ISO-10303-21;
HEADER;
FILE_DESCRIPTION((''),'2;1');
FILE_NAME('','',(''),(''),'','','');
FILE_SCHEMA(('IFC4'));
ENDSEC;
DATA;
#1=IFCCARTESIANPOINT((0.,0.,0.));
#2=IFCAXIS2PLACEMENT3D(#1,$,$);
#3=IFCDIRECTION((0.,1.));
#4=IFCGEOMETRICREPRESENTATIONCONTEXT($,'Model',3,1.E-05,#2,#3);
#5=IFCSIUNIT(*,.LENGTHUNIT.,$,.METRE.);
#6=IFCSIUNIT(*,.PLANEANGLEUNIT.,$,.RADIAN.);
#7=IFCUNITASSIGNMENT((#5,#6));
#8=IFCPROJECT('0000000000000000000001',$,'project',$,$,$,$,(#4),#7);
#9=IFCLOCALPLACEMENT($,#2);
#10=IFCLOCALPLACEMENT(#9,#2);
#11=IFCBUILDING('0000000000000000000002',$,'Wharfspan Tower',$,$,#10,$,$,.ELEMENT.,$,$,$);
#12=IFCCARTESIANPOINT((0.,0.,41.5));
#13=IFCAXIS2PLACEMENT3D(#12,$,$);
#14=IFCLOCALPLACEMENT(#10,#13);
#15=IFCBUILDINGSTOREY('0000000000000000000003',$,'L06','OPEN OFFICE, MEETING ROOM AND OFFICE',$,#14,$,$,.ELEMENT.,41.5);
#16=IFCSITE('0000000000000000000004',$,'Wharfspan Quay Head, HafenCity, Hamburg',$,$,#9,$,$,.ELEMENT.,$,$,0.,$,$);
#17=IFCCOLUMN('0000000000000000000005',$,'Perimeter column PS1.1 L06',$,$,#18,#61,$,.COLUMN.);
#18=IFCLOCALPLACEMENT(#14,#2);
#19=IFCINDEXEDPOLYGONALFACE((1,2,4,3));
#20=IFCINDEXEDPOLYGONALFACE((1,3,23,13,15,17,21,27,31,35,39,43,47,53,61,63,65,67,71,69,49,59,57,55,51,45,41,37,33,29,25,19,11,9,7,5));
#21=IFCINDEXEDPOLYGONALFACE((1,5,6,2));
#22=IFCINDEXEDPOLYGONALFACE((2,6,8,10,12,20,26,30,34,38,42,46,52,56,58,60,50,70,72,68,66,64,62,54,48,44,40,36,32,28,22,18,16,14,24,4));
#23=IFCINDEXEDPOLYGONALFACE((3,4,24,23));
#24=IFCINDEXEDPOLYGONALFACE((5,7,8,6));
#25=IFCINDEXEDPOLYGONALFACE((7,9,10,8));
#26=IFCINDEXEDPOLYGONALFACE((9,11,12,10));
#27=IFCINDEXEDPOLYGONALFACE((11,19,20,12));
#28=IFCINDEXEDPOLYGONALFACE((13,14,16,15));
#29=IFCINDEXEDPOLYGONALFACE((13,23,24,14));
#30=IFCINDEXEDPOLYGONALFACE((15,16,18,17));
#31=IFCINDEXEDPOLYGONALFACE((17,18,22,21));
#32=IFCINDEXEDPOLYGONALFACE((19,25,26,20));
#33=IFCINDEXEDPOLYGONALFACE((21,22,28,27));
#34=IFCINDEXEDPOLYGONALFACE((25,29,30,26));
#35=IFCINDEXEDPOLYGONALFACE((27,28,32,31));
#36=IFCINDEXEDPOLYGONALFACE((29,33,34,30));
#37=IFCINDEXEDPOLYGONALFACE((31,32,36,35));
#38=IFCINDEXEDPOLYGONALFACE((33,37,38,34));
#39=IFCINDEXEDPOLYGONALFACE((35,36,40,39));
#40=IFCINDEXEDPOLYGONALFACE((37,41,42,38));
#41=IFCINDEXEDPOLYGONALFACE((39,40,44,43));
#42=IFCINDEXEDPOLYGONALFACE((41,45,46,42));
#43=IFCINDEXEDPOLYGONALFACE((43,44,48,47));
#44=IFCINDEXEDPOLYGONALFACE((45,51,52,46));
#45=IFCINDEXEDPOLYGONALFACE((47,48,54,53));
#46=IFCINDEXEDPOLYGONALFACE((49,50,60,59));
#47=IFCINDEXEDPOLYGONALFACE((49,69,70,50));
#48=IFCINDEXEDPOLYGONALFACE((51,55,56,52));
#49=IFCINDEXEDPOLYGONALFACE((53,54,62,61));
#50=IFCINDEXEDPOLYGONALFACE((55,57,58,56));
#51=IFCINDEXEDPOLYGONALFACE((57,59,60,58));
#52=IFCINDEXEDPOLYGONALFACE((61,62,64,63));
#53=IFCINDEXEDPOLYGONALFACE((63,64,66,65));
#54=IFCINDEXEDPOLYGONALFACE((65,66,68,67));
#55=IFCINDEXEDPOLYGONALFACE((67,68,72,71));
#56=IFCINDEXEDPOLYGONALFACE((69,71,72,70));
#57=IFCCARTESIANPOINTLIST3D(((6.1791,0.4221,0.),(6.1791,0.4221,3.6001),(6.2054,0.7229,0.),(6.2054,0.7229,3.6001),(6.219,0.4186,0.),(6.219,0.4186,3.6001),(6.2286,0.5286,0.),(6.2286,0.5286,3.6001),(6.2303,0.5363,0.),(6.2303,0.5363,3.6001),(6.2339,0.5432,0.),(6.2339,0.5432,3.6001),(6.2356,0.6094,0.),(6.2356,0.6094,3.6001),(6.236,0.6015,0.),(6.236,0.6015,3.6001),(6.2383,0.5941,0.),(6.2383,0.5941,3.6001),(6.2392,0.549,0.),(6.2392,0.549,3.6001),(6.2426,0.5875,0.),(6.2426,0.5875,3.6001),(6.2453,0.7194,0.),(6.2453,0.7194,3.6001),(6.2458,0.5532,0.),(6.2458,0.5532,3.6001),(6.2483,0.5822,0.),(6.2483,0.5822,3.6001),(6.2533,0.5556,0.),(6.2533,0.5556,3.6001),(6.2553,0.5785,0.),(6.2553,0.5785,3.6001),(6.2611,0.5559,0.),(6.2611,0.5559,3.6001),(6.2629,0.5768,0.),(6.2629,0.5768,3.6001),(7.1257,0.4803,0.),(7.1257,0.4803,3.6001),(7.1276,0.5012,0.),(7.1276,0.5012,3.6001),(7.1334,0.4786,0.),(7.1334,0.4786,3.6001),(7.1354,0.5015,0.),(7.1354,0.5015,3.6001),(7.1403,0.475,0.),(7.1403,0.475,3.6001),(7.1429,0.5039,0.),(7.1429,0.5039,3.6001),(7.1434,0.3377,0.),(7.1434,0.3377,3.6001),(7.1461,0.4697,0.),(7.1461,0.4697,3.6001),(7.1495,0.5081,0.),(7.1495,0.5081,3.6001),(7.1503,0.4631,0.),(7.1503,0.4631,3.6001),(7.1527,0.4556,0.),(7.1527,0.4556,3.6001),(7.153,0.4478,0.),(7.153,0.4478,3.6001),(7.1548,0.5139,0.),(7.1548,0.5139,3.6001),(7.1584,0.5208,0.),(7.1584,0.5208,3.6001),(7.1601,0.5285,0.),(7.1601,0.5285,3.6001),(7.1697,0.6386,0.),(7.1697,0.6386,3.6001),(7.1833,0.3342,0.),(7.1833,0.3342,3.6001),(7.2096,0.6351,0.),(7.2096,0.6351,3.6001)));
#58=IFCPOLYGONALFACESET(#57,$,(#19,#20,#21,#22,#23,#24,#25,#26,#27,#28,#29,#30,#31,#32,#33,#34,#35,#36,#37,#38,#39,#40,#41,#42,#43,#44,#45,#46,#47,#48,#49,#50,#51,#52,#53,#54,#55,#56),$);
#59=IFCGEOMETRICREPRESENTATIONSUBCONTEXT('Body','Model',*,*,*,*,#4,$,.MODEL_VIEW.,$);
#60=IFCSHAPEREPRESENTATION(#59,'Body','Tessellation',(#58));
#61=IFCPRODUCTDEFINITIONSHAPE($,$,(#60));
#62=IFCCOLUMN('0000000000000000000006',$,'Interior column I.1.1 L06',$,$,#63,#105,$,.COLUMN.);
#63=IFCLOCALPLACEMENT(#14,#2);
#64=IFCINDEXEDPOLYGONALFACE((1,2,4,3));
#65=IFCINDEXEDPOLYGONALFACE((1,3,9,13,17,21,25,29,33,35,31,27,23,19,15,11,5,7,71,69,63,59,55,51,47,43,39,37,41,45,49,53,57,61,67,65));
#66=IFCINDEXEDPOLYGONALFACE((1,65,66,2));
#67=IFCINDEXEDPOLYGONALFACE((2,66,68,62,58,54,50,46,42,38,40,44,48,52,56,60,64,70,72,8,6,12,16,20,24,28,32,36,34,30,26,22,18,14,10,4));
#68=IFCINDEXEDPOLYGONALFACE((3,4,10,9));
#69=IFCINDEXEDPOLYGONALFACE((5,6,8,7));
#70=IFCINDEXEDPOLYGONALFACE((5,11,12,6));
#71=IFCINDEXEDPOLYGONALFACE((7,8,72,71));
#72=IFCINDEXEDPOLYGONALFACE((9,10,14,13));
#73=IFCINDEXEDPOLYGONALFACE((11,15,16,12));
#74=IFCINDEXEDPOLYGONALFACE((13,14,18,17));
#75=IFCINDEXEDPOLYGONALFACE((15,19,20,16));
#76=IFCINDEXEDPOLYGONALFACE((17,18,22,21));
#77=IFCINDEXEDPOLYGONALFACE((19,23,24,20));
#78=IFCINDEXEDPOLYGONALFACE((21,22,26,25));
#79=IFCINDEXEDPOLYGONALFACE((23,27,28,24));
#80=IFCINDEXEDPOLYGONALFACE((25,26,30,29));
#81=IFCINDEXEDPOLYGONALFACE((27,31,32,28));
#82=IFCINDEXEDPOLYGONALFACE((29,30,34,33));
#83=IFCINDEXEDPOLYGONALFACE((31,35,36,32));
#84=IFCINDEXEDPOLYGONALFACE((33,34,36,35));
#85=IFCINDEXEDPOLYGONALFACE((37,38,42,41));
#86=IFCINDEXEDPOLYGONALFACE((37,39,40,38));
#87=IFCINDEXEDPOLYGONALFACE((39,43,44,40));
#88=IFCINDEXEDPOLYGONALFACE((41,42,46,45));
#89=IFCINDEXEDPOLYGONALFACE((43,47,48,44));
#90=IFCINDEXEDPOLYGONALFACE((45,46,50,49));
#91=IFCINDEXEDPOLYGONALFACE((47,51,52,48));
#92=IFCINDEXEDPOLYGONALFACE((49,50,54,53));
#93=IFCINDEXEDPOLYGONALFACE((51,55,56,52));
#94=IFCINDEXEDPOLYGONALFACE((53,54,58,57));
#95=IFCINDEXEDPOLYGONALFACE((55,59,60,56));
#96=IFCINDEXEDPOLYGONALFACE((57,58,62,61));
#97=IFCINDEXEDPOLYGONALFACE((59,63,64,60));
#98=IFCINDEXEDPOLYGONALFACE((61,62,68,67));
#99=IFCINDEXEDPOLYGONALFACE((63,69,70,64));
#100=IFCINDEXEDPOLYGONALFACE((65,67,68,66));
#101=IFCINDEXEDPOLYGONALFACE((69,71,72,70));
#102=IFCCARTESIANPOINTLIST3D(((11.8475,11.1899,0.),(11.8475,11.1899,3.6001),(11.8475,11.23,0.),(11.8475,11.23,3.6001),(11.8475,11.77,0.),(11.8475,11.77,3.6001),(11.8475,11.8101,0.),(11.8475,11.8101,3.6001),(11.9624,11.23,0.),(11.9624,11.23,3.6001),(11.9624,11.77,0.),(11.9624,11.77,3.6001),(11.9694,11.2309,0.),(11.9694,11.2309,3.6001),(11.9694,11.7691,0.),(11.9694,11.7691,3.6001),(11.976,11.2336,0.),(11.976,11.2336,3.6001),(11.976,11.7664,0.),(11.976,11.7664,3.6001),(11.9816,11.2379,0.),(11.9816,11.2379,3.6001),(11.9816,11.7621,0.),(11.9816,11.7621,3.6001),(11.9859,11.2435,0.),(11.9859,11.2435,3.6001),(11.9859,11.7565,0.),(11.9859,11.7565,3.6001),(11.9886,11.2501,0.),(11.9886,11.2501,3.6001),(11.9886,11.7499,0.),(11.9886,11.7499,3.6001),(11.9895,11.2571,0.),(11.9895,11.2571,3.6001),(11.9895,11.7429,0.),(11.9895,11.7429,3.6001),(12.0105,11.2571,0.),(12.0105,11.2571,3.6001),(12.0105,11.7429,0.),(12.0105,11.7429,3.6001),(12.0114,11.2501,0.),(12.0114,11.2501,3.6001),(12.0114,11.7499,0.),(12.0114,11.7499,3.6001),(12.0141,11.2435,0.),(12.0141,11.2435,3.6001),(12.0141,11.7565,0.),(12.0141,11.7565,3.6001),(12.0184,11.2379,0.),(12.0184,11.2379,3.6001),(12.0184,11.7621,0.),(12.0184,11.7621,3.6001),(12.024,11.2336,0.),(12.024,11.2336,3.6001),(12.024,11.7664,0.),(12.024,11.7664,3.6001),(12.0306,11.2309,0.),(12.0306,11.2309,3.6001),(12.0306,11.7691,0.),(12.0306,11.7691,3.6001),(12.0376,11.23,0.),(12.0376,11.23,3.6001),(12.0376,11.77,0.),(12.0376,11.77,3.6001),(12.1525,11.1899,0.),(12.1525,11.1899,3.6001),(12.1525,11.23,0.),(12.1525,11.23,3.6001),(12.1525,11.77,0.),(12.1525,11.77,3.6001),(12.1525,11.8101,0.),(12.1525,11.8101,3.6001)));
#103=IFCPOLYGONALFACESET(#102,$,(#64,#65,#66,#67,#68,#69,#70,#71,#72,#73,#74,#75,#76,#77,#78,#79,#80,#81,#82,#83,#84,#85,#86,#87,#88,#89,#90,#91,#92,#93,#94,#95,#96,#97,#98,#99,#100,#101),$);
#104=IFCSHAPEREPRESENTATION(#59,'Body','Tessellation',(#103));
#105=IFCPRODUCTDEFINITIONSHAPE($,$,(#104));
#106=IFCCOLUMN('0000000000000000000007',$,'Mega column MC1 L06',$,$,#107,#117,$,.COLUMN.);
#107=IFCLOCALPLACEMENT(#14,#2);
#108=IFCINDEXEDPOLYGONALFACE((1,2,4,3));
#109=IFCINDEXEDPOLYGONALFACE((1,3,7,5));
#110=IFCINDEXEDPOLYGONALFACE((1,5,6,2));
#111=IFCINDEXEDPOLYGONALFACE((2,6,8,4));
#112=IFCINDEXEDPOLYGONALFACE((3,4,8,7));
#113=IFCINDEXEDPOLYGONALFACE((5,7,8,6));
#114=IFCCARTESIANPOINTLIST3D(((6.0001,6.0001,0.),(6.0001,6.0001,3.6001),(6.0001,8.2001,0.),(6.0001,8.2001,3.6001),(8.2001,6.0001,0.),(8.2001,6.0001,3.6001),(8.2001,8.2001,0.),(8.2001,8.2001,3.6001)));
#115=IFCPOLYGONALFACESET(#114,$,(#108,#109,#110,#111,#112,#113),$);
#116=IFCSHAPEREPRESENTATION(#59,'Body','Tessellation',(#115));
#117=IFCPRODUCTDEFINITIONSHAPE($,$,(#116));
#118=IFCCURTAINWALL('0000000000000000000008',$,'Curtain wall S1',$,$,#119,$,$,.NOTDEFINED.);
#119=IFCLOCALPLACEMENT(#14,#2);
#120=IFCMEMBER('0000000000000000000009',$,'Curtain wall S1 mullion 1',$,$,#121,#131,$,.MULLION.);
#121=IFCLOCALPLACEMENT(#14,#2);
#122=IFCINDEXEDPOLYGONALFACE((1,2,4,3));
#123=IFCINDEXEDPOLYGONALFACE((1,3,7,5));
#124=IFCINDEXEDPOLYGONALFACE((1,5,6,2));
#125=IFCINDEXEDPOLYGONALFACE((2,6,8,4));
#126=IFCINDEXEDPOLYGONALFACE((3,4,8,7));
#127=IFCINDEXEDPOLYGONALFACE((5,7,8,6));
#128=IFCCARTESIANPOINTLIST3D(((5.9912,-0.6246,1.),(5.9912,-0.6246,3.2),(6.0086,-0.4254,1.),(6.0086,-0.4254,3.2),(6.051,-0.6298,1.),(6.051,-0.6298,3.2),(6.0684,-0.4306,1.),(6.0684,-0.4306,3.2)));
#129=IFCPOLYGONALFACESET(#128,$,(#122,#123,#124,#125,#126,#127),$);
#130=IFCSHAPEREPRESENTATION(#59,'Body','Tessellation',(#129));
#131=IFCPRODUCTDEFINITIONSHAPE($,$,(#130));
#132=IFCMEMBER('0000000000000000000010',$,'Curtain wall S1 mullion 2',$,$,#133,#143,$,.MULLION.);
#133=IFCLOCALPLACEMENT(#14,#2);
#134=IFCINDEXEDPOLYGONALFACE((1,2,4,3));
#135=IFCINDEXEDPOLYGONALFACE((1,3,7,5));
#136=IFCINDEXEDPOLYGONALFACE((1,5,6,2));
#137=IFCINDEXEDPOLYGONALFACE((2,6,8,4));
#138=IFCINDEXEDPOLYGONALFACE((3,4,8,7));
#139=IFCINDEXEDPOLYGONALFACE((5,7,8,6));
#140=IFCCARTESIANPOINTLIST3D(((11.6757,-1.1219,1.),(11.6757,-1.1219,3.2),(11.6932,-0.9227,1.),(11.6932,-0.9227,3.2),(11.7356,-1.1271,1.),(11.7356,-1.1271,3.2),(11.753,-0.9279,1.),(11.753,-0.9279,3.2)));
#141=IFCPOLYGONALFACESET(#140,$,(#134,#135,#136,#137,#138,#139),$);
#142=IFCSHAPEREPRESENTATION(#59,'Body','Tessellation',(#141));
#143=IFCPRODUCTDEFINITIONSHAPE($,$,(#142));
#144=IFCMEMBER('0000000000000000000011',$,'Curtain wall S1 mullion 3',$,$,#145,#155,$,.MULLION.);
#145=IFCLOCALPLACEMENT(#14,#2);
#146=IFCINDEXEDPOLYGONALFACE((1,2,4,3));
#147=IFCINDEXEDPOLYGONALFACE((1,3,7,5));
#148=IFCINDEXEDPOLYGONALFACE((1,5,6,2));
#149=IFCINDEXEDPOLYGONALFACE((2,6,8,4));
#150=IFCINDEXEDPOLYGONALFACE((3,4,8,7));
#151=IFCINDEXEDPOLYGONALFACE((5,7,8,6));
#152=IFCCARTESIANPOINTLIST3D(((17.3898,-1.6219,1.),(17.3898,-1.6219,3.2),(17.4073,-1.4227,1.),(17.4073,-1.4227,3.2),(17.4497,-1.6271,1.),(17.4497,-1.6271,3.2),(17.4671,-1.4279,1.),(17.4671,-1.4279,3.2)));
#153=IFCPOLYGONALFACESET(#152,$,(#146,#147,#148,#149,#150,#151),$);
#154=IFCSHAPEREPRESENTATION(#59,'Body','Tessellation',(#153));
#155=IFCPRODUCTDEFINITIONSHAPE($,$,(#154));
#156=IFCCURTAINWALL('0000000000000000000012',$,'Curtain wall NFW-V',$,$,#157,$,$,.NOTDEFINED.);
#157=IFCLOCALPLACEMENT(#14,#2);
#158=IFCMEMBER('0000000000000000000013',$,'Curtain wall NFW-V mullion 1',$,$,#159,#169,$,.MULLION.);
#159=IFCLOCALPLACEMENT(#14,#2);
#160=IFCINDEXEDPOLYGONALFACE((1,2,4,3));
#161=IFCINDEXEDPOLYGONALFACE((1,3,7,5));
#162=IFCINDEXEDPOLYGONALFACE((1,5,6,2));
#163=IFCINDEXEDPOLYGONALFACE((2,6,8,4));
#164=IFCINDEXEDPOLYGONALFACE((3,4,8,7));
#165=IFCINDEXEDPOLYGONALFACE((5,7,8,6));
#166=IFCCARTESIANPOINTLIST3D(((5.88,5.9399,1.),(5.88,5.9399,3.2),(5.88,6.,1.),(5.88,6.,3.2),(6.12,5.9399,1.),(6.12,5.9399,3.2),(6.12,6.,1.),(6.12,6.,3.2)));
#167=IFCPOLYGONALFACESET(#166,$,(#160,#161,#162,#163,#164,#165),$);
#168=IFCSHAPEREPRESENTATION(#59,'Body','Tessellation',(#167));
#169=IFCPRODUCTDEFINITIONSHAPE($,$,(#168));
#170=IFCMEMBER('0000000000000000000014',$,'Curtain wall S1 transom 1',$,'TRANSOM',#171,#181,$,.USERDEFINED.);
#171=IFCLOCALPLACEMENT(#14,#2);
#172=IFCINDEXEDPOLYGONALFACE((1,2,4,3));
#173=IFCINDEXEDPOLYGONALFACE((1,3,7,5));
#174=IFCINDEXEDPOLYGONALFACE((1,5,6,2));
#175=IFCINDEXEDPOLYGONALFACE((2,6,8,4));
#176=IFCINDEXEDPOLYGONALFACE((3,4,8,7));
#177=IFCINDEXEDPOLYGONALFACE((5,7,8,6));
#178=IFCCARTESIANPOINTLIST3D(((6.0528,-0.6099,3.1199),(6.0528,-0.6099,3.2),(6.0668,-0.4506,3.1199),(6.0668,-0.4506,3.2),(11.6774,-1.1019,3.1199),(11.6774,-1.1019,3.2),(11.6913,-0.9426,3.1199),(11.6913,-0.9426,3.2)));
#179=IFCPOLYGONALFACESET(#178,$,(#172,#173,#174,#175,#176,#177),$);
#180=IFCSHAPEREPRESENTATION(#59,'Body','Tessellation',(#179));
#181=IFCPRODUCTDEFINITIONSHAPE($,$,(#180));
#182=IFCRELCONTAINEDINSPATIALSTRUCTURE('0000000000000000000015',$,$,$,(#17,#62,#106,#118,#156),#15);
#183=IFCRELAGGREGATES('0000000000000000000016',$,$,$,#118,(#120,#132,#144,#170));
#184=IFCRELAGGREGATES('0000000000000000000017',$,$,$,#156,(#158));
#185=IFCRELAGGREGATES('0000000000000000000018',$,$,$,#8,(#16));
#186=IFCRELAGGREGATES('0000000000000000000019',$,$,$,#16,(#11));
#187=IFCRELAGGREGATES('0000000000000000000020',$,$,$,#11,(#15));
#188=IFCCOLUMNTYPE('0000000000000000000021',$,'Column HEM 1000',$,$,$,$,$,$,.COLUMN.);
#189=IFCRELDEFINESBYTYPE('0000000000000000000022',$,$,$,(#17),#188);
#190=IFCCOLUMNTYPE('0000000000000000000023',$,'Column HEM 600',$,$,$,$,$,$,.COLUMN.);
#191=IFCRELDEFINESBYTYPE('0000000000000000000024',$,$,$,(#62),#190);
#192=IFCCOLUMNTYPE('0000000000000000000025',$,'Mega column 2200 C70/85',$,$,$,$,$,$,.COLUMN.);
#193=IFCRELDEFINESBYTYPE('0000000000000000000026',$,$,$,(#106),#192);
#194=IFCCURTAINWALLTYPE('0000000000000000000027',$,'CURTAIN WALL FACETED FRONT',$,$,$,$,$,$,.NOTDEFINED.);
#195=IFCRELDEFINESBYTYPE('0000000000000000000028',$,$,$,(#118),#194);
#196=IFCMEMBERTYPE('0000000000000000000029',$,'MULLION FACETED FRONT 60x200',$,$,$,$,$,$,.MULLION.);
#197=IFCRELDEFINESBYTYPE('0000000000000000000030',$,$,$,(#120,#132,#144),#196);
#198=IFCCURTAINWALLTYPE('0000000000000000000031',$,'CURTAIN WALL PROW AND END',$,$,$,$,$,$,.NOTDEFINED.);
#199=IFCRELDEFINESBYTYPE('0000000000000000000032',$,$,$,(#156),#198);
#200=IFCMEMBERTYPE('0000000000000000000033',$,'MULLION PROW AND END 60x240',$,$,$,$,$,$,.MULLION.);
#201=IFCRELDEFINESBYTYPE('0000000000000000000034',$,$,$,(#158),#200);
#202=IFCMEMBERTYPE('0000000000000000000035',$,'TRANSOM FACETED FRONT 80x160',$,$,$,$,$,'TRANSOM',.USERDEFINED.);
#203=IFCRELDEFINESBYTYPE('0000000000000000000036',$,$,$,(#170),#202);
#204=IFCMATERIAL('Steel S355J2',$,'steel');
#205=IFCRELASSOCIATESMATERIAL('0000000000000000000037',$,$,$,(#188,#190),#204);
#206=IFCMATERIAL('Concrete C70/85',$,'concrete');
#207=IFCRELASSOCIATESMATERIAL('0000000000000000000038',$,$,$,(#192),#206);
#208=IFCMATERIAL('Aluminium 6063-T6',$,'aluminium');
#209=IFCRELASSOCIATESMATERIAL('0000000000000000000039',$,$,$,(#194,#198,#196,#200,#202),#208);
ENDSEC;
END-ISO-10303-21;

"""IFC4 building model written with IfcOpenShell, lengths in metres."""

from ifc_helpers import new_model, si_unit, direction, frame, origin, origin_2d, place, context, subcontext, project, spatial, rectangle, i_section, extrude, material, material_profile, profile_set, type_object, element, aggregate, save


model = new_model("IFC4")

# Units and contexts
model_context = context("Model", 3, precision=1e-05, world=origin(), true_north=direction((0.0, 1.0)))
body_context = subcontext(model_context, "Body", "Model", "MODEL_VIEW")
ifc_project = project(units=[si_unit("LENGTHUNIT", "METRE"), si_unit("PLANEANGLEUNIT", "RADIAN")], contexts=[model_context])

# Site, building, storey
site_placement = place(None, origin())
site = spatial("IfcSite", under=ifc_project, at=site_placement, Name="Wharfspan Quay Head, HafenCity, Hamburg", CompositionType="ELEMENT", RefElevation=0.0)
building_placement = place(site_placement, origin())
building = spatial("IfcBuilding", under=site, at=building_placement, Name="Wharfspan Tower", CompositionType="ELEMENT")
storey_placement = place(building_placement, frame((0.0, 0.0, 41.5)))
storey = spatial("IfcBuildingStorey", under=building, at=storey_placement, Name="L06", Description="OPEN OFFICE, MEETING ROOM AND OFFICE", CompositionType="ELEMENT", Elevation=41.5)

# Columns
ifc_material_1 = material(Name="Steel S355J2", Category="steel")
ifc_material_profile_1 = material_profile(ifc_material_1, i_section(OverallWidth=0.302, OverallDepth=1.0081, WebThickness=0.021, FlangeThickness=0.04, FilletRadius=0.03, at=origin_2d()))
ifc_profile_set_1 = profile_set([ifc_material_profile_1], Name="Steel S355J2")
column_type_1 = type_object("IfcColumnType", Name="Column HEM 1000", PredefinedType="COLUMN", material=ifc_profile_set_1)
column_1_placement = place(storey_placement, frame((6.6943, 0.5286, 0.0), z_axis=(0.0, 0.0, 1.0), x_axis=(-0.087156, -0.996198, 0.0)))
element("IfcColumn", 1, at=column_1_placement, inside=storey, type_object=column_type_1, Name="Perimeter column PS1.1 L06", PredefinedType="COLUMN", context=body_context, shape_type="SweptSolid", body=[
    extrude(i_section(OverallWidth=0.302, OverallDepth=1.0081, WebThickness=0.021, FlangeThickness=0.04, FilletRadius=0.03, at=origin_2d()), origin(), (0.0, 0.0, 1.0), 3.6001),
])
ifc_material_profile_2 = material_profile(ifc_material_1, i_section(OverallWidth=0.3049, OverallDepth=0.6201, WebThickness=0.021, FlangeThickness=0.04, FilletRadius=0.0271, at=origin_2d()))
ifc_profile_set_2 = profile_set([ifc_material_profile_2], Name="Steel S355J2")
column_type_2 = type_object("IfcColumnType", Name="Column HEM 600", PredefinedType="COLUMN", material=ifc_profile_set_2)
column_2_placement = place(storey_placement, frame((12.0, 11.5, 0.0), z_axis=(0.0, 0.0, 1.0), x_axis=(1.0, 0.0, 0.0)))
element("IfcColumn", 2, at=column_2_placement, inside=storey, type_object=column_type_2, Name="Interior column I.1.1 L06", PredefinedType="COLUMN", context=body_context, shape_type="SweptSolid", body=[
    extrude(i_section(OverallWidth=0.3049, OverallDepth=0.6201, WebThickness=0.021, FlangeThickness=0.04, FilletRadius=0.0271, at=origin_2d()), origin(), (0.0, 0.0, 1.0), 3.6001),
])
ifc_material_2 = material(Name="Concrete C70/85", Category="concrete")
ifc_material_profile_3 = material_profile(ifc_material_2, rectangle(XDim=2.2, YDim=2.2, at=origin_2d()))
ifc_profile_set_3 = profile_set([ifc_material_profile_3], Name="Concrete C70/85")
column_type_3 = type_object("IfcColumnType", Name="Mega column 2200 C70/85", PredefinedType="COLUMN", material=ifc_profile_set_3)
column_3_placement = place(storey_placement, frame((7.1001, 7.1001, 0.0), z_axis=(0.0, 0.0, 1.0), x_axis=(1.0, 0.0, 0.0)))
element("IfcColumn", 3, at=column_3_placement, inside=storey, type_object=column_type_3, Name="Mega column MC1 L06", PredefinedType="COLUMN", context=body_context, shape_type="SweptSolid", body=[
    extrude(rectangle(XDim=2.2, YDim=2.2, at=origin_2d()), origin(), (0.0, 0.0, 1.0), 3.6001),
])

# Curtain wall, members
ifc_material_3 = material(Name="Aluminium 6063-T6", Category="aluminium")
curtain_wall_type_1 = type_object("IfcCurtainWallType", Name="CURTAIN WALL FACETED FRONT", PredefinedType="NOTDEFINED", material=ifc_material_3)
curtain_wall_1_placement = place(storey_placement, origin())
curtain_wall_1 = element("IfcCurtainWall", 4, at=curtain_wall_1_placement, inside=storey, type_object=curtain_wall_type_1, Name="Curtain wall S1", PredefinedType="NOTDEFINED")
ifc_material_profile_4 = material_profile(ifc_material_3, rectangle(XDim=0.2, YDim=0.0601, at=origin_2d()))
ifc_profile_set_4 = profile_set([ifc_material_profile_4], Name="Aluminium 6063-T6")
member_type_1 = type_object("IfcMemberType", Name="MULLION FACETED FRONT 60x200", PredefinedType="MULLION", material=ifc_profile_set_4)
member_1_placement = place(storey_placement, frame((6.0298, -0.5276, 1.0), z_axis=(0.0, 0.0, 1.0), x_axis=(0.087156, 0.996197, 0.0)))
member_1 = element("IfcMember", 5, at=member_1_placement, type_object=member_type_1, Name="Curtain wall S1 mullion 1", PredefinedType="MULLION", context=body_context, shape_type="SweptSolid", body=[
    extrude(rectangle(XDim=0.2, YDim=0.0601, at=origin_2d()), origin(), (0.0, 0.0, 1.0), 2.2),
])
member_2_placement = place(storey_placement, frame((11.7144, -1.0249, 1.0), z_axis=(0.0, 0.0, 1.0), x_axis=(0.087156, 0.996197, 0.0)))
member_2 = element("IfcMember", 6, at=member_2_placement, type_object=member_type_1, Name="Curtain wall S1 mullion 2", PredefinedType="MULLION", context=body_context, shape_type="SweptSolid", body=[
    extrude(rectangle(XDim=0.2, YDim=0.0601, at=origin_2d()), origin(), (0.0, 0.0, 1.0), 2.2),
])
member_3_placement = place(storey_placement, frame((17.4285, -1.5249, 1.0), z_axis=(0.0, 0.0, 1.0), x_axis=(0.087156, 0.996197, 0.0)))
member_3 = element("IfcMember", 7, at=member_3_placement, type_object=member_type_1, Name="Curtain wall S1 mullion 3", PredefinedType="MULLION", context=body_context, shape_type="SweptSolid", body=[
    extrude(rectangle(XDim=0.2, YDim=0.0601, at=origin_2d()), origin(), (0.0, 0.0, 1.0), 2.2),
])

# Curtain wall, member
curtain_wall_type_2 = type_object("IfcCurtainWallType", Name="CURTAIN WALL PROW AND END", PredefinedType="NOTDEFINED", material=ifc_material_3)
curtain_wall_2_placement = place(storey_placement, origin())
curtain_wall_2 = element("IfcCurtainWall", 8, at=curtain_wall_2_placement, inside=storey, type_object=curtain_wall_type_2, Name="Curtain wall NFW-V", PredefinedType="NOTDEFINED")
ifc_material_profile_5 = material_profile(ifc_material_3, rectangle(XDim=0.24, YDim=0.0601, at=origin_2d()))
ifc_profile_set_5 = profile_set([ifc_material_profile_5], Name="Aluminium 6063-T6")
member_type_2 = type_object("IfcMemberType", Name="MULLION PROW AND END 60x240", PredefinedType="MULLION", material=ifc_profile_set_5)
member_4_placement = place(storey_placement, frame((6.0, 5.97, 1.0), z_axis=(0.0, 0.0, 1.0), x_axis=(1.0, 0.0, 0.0)))
member_4 = element("IfcMember", 9, at=member_4_placement, type_object=member_type_2, Name="Curtain wall NFW-V mullion 1", PredefinedType="MULLION", context=body_context, shape_type="SweptSolid", body=[
    extrude(rectangle(XDim=0.24, YDim=0.0601, at=origin_2d()), origin(), (0.0, 0.0, 1.0), 2.2),
])

# Member
ifc_material_profile_6 = material_profile(ifc_material_3, rectangle(XDim=0.1599, YDim=0.0801, at=origin_2d()))
ifc_profile_set_6 = profile_set([ifc_material_profile_6], Name="Aluminium 6063-T6")
member_type_3 = type_object("IfcMemberType", Name="TRANSOM FACETED FRONT 80x160", ElementType="TRANSOM", PredefinedType="USERDEFINED", material=ifc_profile_set_6)
member_5_placement = place(storey_placement, frame((6.0598, -0.5303, 3.1599), z_axis=(0.996197, -0.087132, 0.0), x_axis=(0.087132, 0.996197, 0.0)))
member_5 = element("IfcMember", 10, at=member_5_placement, type_object=member_type_3, Name="Curtain wall S1 transom 1", ObjectType="TRANSOM", PredefinedType="USERDEFINED", context=body_context, shape_type="SweptSolid", body=[
    extrude(rectangle(XDim=0.1599, YDim=0.0801, at=origin_2d()), origin(), (0.0, 0.0, 1.0), 5.646),
])

aggregate(curtain_wall_1, [member_1, member_2, member_3, member_5])
aggregate(curtain_wall_2, [member_4])

save(model, "model.ifc")
